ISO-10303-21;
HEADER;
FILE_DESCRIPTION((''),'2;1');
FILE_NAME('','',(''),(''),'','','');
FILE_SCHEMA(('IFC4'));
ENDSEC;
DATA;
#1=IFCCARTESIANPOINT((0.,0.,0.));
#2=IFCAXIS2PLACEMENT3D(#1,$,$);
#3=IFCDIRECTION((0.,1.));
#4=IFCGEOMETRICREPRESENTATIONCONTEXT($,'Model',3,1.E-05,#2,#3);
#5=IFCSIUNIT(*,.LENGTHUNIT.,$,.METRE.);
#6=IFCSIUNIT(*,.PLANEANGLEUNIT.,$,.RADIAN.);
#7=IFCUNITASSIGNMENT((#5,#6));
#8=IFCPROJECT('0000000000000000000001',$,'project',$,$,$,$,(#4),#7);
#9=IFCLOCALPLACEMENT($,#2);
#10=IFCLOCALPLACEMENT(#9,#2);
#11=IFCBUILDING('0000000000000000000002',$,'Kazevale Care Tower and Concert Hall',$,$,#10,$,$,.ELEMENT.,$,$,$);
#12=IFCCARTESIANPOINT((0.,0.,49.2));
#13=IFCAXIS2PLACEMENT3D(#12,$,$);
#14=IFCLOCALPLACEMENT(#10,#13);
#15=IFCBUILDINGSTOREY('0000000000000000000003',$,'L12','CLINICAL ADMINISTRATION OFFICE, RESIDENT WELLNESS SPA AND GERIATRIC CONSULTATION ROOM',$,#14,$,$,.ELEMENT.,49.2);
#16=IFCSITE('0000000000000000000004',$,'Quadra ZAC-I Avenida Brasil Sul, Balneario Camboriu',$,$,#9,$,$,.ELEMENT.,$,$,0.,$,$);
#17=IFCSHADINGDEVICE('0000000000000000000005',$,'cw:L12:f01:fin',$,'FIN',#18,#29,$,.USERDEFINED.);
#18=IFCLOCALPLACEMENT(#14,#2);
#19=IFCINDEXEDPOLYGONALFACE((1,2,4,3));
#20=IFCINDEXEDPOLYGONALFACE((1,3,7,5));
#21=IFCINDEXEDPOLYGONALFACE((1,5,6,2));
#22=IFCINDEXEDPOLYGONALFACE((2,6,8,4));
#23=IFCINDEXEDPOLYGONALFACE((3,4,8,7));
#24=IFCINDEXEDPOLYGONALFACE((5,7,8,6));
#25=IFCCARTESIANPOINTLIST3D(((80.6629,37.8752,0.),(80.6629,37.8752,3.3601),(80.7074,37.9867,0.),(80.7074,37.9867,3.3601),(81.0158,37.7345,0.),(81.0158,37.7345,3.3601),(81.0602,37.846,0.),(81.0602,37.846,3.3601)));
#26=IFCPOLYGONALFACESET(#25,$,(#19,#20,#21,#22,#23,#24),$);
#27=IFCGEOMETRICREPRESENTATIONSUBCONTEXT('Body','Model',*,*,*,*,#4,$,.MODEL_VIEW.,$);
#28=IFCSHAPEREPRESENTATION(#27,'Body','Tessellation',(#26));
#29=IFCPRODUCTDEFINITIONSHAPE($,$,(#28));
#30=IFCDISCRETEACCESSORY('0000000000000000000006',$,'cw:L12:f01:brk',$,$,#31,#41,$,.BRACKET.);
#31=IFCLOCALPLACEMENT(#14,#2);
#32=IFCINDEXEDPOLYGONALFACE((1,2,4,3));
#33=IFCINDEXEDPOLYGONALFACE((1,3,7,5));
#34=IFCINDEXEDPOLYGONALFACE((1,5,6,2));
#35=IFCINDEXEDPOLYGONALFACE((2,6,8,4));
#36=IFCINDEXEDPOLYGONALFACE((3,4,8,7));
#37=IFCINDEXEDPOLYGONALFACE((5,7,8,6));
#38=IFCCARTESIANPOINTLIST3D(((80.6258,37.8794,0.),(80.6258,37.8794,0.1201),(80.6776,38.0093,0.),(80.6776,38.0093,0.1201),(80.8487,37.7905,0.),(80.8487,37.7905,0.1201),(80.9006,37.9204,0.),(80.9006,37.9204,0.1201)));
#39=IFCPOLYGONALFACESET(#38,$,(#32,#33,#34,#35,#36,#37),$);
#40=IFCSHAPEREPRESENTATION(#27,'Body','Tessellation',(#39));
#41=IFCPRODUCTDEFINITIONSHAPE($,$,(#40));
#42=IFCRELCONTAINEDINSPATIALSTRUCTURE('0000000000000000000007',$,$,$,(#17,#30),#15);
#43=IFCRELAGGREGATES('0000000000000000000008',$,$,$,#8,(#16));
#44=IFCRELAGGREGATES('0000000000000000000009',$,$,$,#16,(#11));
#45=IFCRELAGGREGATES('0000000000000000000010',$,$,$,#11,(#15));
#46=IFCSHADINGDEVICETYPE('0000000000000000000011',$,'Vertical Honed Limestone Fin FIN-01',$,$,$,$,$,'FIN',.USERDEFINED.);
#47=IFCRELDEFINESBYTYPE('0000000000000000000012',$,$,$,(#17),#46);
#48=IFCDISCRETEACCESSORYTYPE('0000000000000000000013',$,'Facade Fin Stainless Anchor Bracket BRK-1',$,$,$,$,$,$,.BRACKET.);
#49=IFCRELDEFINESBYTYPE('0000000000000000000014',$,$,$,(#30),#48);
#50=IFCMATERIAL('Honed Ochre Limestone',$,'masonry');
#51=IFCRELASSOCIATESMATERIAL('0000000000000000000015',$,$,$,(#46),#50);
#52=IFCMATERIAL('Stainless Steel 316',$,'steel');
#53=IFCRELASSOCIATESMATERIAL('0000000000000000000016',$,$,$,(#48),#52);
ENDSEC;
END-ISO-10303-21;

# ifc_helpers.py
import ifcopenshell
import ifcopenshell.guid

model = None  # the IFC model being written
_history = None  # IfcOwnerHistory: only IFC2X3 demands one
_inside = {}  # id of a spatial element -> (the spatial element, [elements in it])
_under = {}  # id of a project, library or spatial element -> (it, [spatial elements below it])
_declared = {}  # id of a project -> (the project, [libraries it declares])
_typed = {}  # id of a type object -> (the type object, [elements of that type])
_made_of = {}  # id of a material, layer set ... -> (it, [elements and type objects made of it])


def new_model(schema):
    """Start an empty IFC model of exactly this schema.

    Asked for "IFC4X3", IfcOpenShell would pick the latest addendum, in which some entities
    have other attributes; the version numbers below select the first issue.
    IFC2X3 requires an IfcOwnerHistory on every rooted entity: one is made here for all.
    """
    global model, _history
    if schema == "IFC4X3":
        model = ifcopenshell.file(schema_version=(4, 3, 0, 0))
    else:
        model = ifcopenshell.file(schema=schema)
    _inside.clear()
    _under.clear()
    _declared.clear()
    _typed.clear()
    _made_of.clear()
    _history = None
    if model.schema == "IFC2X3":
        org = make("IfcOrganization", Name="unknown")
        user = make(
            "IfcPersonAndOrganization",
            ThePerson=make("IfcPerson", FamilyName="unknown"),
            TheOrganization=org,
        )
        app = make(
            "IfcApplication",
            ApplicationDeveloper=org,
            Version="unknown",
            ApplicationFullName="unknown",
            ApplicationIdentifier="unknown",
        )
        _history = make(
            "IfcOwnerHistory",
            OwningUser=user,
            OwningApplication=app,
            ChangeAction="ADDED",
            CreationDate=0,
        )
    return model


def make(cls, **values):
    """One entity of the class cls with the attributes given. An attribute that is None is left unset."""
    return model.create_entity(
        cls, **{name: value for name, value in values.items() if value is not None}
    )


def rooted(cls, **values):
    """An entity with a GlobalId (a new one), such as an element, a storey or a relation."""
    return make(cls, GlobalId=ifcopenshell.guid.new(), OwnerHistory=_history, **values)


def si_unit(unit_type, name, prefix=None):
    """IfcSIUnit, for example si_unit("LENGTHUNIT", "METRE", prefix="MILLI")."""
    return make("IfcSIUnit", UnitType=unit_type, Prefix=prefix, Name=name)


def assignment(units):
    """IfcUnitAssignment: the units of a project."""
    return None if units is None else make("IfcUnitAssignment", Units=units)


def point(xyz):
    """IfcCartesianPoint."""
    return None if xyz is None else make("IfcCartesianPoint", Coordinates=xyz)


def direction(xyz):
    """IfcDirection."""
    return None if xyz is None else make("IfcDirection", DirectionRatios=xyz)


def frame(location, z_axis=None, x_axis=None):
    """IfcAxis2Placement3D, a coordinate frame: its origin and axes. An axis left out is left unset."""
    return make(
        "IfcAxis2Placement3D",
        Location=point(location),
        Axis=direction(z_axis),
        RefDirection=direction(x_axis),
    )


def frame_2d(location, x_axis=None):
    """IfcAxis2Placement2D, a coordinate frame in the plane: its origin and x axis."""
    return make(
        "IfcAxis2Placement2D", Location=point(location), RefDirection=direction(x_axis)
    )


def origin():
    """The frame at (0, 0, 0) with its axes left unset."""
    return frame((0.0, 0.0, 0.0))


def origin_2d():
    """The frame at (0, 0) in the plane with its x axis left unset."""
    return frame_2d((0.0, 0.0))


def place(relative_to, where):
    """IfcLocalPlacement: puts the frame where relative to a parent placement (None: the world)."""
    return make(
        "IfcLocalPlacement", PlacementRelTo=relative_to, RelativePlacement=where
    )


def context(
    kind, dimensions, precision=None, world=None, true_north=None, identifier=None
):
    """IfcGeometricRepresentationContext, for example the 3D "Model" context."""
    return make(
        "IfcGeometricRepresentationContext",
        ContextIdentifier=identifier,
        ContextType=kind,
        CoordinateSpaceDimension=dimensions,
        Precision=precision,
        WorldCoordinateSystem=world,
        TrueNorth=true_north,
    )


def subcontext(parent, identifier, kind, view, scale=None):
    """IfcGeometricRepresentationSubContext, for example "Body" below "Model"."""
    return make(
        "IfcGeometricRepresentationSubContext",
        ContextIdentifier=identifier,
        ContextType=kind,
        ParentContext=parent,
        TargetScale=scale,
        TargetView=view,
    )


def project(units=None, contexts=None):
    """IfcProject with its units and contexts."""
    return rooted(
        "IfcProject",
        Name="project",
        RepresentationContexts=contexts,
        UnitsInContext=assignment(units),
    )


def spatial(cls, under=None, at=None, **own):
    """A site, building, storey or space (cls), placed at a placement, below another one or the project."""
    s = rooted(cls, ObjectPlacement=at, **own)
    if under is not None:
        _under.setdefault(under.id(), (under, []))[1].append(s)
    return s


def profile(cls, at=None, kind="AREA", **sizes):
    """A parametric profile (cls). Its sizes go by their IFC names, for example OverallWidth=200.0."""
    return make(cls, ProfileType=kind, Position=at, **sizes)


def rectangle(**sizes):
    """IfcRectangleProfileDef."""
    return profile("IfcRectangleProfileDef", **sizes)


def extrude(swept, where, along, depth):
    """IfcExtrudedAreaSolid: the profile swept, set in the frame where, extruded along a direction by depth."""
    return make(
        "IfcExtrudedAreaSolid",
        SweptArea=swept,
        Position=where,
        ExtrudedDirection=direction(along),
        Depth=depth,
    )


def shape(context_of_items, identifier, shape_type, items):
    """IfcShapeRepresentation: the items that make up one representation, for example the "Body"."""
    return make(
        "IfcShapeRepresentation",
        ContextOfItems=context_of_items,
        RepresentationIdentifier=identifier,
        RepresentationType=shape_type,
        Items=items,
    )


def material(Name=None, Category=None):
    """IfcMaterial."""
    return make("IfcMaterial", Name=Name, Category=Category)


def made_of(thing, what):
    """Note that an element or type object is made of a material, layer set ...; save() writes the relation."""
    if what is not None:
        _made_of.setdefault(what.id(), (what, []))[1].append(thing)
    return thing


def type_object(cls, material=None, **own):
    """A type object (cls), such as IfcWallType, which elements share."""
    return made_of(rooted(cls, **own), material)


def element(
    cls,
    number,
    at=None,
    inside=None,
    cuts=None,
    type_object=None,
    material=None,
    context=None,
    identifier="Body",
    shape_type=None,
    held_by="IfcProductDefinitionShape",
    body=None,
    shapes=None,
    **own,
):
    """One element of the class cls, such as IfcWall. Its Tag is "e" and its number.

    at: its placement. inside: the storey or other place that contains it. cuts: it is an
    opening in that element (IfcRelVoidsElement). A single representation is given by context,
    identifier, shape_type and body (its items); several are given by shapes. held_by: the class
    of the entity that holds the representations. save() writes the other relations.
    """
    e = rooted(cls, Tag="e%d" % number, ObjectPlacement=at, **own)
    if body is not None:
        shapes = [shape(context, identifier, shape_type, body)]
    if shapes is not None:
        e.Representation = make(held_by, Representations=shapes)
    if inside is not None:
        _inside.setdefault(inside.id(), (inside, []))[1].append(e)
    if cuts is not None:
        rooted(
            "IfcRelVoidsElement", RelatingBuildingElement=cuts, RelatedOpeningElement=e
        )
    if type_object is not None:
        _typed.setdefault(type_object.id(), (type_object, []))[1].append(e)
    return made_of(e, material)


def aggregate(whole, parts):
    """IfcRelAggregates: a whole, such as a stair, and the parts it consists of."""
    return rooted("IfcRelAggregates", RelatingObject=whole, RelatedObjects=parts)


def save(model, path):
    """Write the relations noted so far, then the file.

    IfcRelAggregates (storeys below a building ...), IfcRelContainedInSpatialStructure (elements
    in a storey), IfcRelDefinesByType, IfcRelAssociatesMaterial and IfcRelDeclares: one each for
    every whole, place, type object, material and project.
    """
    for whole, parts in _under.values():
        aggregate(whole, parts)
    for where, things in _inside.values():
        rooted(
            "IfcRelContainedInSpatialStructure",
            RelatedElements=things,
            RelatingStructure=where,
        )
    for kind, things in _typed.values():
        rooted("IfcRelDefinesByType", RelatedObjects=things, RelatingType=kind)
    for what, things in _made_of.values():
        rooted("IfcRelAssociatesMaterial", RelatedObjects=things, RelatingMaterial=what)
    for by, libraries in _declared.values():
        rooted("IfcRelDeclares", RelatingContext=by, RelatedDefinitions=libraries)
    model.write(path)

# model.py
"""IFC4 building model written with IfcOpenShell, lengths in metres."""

from ifc_helpers import new_model, si_unit, direction, frame, origin, origin_2d, place, context, subcontext, project, spatial, rectangle, extrude, material, type_object, element, save


model = new_model("IFC4")

# Units and contexts
model_context = context("Model", 3, precision=1e-05, world=origin(), true_north=direction((0.0, 1.0)))
body_context = subcontext(model_context, "Body", "Model", "MODEL_VIEW")
ifc_project = project(units=[si_unit("LENGTHUNIT", "METRE"), si_unit("PLANEANGLEUNIT", "RADIAN")], contexts=[model_context])

# Site, building, storey
site_placement = place(None, origin())
site = spatial("IfcSite", under=ifc_project, at=site_placement, Name="Quadra ZAC-I Avenida Brasil Sul, Balneario Camboriu", CompositionType="ELEMENT", RefElevation=0.0)
building_placement = place(site_placement, origin())
building = spatial("IfcBuilding", under=site, at=building_placement, Name="Kazevale Care Tower and Concert Hall", CompositionType="ELEMENT")
storey_placement = place(building_placement, frame((0.0, 0.0, 49.2)))
storey = spatial("IfcBuildingStorey", under=building, at=storey_placement, Name="L12", Description="CLINICAL ADMINISTRATION OFFICE, RESIDENT WELLNESS SPA AND GERIATRIC CONSULTATION ROOM", CompositionType="ELEMENT", Elevation=49.2)

# Shading device
ifc_material_1 = material(Name="Honed Ochre Limestone", Category="masonry")
shading_device_type = type_object("IfcShadingDeviceType", Name="Vertical Honed Limestone Fin FIN-01", ElementType="FIN", PredefinedType="USERDEFINED", material=ifc_material_1)
shading_device_placement = place(storey_placement, frame((80.8616, 37.8606, 0.0), z_axis=(0.0, 0.0, 1.0), x_axis=(0.928874, -0.370395, 0.0)))
element("IfcShadingDevice", 1, at=shading_device_placement, inside=storey, type_object=shading_device_type, Name="cw:L12:f01:fin", ObjectType="FIN", PredefinedType="USERDEFINED", context=body_context, shape_type="SweptSolid", body=[
    extrude(rectangle(XDim=0.3799, YDim=0.1201, at=origin_2d()), origin(), (0.0, 0.0, 1.0), 3.3601),
])

# Discrete accessory
ifc_material_2 = material(Name="Stainless Steel 316", Category="steel")
discrete_accessory_type = type_object("IfcDiscreteAccessoryType", Name="Facade Fin Stainless Anchor Bracket BRK-1", PredefinedType="BRACKET", material=ifc_material_2)
discrete_accessory_placement = place(storey_placement, frame((80.7632, 37.8999, 0.0), z_axis=(0.0, 0.0, 1.0), x_axis=(0.928874, -0.370395, 0.0)))
element("IfcDiscreteAccessory", 2, at=discrete_accessory_placement, inside=storey, type_object=discrete_accessory_type, Name="cw:L12:f01:brk", PredefinedType="BRACKET", context=body_context, shape_type="SweptSolid", body=[
    extrude(rectangle(XDim=0.24, YDim=0.1399, at=origin_2d()), origin(), (0.0, 0.0, 1.0), 0.1201),
])

save(model, "model.ifc")
